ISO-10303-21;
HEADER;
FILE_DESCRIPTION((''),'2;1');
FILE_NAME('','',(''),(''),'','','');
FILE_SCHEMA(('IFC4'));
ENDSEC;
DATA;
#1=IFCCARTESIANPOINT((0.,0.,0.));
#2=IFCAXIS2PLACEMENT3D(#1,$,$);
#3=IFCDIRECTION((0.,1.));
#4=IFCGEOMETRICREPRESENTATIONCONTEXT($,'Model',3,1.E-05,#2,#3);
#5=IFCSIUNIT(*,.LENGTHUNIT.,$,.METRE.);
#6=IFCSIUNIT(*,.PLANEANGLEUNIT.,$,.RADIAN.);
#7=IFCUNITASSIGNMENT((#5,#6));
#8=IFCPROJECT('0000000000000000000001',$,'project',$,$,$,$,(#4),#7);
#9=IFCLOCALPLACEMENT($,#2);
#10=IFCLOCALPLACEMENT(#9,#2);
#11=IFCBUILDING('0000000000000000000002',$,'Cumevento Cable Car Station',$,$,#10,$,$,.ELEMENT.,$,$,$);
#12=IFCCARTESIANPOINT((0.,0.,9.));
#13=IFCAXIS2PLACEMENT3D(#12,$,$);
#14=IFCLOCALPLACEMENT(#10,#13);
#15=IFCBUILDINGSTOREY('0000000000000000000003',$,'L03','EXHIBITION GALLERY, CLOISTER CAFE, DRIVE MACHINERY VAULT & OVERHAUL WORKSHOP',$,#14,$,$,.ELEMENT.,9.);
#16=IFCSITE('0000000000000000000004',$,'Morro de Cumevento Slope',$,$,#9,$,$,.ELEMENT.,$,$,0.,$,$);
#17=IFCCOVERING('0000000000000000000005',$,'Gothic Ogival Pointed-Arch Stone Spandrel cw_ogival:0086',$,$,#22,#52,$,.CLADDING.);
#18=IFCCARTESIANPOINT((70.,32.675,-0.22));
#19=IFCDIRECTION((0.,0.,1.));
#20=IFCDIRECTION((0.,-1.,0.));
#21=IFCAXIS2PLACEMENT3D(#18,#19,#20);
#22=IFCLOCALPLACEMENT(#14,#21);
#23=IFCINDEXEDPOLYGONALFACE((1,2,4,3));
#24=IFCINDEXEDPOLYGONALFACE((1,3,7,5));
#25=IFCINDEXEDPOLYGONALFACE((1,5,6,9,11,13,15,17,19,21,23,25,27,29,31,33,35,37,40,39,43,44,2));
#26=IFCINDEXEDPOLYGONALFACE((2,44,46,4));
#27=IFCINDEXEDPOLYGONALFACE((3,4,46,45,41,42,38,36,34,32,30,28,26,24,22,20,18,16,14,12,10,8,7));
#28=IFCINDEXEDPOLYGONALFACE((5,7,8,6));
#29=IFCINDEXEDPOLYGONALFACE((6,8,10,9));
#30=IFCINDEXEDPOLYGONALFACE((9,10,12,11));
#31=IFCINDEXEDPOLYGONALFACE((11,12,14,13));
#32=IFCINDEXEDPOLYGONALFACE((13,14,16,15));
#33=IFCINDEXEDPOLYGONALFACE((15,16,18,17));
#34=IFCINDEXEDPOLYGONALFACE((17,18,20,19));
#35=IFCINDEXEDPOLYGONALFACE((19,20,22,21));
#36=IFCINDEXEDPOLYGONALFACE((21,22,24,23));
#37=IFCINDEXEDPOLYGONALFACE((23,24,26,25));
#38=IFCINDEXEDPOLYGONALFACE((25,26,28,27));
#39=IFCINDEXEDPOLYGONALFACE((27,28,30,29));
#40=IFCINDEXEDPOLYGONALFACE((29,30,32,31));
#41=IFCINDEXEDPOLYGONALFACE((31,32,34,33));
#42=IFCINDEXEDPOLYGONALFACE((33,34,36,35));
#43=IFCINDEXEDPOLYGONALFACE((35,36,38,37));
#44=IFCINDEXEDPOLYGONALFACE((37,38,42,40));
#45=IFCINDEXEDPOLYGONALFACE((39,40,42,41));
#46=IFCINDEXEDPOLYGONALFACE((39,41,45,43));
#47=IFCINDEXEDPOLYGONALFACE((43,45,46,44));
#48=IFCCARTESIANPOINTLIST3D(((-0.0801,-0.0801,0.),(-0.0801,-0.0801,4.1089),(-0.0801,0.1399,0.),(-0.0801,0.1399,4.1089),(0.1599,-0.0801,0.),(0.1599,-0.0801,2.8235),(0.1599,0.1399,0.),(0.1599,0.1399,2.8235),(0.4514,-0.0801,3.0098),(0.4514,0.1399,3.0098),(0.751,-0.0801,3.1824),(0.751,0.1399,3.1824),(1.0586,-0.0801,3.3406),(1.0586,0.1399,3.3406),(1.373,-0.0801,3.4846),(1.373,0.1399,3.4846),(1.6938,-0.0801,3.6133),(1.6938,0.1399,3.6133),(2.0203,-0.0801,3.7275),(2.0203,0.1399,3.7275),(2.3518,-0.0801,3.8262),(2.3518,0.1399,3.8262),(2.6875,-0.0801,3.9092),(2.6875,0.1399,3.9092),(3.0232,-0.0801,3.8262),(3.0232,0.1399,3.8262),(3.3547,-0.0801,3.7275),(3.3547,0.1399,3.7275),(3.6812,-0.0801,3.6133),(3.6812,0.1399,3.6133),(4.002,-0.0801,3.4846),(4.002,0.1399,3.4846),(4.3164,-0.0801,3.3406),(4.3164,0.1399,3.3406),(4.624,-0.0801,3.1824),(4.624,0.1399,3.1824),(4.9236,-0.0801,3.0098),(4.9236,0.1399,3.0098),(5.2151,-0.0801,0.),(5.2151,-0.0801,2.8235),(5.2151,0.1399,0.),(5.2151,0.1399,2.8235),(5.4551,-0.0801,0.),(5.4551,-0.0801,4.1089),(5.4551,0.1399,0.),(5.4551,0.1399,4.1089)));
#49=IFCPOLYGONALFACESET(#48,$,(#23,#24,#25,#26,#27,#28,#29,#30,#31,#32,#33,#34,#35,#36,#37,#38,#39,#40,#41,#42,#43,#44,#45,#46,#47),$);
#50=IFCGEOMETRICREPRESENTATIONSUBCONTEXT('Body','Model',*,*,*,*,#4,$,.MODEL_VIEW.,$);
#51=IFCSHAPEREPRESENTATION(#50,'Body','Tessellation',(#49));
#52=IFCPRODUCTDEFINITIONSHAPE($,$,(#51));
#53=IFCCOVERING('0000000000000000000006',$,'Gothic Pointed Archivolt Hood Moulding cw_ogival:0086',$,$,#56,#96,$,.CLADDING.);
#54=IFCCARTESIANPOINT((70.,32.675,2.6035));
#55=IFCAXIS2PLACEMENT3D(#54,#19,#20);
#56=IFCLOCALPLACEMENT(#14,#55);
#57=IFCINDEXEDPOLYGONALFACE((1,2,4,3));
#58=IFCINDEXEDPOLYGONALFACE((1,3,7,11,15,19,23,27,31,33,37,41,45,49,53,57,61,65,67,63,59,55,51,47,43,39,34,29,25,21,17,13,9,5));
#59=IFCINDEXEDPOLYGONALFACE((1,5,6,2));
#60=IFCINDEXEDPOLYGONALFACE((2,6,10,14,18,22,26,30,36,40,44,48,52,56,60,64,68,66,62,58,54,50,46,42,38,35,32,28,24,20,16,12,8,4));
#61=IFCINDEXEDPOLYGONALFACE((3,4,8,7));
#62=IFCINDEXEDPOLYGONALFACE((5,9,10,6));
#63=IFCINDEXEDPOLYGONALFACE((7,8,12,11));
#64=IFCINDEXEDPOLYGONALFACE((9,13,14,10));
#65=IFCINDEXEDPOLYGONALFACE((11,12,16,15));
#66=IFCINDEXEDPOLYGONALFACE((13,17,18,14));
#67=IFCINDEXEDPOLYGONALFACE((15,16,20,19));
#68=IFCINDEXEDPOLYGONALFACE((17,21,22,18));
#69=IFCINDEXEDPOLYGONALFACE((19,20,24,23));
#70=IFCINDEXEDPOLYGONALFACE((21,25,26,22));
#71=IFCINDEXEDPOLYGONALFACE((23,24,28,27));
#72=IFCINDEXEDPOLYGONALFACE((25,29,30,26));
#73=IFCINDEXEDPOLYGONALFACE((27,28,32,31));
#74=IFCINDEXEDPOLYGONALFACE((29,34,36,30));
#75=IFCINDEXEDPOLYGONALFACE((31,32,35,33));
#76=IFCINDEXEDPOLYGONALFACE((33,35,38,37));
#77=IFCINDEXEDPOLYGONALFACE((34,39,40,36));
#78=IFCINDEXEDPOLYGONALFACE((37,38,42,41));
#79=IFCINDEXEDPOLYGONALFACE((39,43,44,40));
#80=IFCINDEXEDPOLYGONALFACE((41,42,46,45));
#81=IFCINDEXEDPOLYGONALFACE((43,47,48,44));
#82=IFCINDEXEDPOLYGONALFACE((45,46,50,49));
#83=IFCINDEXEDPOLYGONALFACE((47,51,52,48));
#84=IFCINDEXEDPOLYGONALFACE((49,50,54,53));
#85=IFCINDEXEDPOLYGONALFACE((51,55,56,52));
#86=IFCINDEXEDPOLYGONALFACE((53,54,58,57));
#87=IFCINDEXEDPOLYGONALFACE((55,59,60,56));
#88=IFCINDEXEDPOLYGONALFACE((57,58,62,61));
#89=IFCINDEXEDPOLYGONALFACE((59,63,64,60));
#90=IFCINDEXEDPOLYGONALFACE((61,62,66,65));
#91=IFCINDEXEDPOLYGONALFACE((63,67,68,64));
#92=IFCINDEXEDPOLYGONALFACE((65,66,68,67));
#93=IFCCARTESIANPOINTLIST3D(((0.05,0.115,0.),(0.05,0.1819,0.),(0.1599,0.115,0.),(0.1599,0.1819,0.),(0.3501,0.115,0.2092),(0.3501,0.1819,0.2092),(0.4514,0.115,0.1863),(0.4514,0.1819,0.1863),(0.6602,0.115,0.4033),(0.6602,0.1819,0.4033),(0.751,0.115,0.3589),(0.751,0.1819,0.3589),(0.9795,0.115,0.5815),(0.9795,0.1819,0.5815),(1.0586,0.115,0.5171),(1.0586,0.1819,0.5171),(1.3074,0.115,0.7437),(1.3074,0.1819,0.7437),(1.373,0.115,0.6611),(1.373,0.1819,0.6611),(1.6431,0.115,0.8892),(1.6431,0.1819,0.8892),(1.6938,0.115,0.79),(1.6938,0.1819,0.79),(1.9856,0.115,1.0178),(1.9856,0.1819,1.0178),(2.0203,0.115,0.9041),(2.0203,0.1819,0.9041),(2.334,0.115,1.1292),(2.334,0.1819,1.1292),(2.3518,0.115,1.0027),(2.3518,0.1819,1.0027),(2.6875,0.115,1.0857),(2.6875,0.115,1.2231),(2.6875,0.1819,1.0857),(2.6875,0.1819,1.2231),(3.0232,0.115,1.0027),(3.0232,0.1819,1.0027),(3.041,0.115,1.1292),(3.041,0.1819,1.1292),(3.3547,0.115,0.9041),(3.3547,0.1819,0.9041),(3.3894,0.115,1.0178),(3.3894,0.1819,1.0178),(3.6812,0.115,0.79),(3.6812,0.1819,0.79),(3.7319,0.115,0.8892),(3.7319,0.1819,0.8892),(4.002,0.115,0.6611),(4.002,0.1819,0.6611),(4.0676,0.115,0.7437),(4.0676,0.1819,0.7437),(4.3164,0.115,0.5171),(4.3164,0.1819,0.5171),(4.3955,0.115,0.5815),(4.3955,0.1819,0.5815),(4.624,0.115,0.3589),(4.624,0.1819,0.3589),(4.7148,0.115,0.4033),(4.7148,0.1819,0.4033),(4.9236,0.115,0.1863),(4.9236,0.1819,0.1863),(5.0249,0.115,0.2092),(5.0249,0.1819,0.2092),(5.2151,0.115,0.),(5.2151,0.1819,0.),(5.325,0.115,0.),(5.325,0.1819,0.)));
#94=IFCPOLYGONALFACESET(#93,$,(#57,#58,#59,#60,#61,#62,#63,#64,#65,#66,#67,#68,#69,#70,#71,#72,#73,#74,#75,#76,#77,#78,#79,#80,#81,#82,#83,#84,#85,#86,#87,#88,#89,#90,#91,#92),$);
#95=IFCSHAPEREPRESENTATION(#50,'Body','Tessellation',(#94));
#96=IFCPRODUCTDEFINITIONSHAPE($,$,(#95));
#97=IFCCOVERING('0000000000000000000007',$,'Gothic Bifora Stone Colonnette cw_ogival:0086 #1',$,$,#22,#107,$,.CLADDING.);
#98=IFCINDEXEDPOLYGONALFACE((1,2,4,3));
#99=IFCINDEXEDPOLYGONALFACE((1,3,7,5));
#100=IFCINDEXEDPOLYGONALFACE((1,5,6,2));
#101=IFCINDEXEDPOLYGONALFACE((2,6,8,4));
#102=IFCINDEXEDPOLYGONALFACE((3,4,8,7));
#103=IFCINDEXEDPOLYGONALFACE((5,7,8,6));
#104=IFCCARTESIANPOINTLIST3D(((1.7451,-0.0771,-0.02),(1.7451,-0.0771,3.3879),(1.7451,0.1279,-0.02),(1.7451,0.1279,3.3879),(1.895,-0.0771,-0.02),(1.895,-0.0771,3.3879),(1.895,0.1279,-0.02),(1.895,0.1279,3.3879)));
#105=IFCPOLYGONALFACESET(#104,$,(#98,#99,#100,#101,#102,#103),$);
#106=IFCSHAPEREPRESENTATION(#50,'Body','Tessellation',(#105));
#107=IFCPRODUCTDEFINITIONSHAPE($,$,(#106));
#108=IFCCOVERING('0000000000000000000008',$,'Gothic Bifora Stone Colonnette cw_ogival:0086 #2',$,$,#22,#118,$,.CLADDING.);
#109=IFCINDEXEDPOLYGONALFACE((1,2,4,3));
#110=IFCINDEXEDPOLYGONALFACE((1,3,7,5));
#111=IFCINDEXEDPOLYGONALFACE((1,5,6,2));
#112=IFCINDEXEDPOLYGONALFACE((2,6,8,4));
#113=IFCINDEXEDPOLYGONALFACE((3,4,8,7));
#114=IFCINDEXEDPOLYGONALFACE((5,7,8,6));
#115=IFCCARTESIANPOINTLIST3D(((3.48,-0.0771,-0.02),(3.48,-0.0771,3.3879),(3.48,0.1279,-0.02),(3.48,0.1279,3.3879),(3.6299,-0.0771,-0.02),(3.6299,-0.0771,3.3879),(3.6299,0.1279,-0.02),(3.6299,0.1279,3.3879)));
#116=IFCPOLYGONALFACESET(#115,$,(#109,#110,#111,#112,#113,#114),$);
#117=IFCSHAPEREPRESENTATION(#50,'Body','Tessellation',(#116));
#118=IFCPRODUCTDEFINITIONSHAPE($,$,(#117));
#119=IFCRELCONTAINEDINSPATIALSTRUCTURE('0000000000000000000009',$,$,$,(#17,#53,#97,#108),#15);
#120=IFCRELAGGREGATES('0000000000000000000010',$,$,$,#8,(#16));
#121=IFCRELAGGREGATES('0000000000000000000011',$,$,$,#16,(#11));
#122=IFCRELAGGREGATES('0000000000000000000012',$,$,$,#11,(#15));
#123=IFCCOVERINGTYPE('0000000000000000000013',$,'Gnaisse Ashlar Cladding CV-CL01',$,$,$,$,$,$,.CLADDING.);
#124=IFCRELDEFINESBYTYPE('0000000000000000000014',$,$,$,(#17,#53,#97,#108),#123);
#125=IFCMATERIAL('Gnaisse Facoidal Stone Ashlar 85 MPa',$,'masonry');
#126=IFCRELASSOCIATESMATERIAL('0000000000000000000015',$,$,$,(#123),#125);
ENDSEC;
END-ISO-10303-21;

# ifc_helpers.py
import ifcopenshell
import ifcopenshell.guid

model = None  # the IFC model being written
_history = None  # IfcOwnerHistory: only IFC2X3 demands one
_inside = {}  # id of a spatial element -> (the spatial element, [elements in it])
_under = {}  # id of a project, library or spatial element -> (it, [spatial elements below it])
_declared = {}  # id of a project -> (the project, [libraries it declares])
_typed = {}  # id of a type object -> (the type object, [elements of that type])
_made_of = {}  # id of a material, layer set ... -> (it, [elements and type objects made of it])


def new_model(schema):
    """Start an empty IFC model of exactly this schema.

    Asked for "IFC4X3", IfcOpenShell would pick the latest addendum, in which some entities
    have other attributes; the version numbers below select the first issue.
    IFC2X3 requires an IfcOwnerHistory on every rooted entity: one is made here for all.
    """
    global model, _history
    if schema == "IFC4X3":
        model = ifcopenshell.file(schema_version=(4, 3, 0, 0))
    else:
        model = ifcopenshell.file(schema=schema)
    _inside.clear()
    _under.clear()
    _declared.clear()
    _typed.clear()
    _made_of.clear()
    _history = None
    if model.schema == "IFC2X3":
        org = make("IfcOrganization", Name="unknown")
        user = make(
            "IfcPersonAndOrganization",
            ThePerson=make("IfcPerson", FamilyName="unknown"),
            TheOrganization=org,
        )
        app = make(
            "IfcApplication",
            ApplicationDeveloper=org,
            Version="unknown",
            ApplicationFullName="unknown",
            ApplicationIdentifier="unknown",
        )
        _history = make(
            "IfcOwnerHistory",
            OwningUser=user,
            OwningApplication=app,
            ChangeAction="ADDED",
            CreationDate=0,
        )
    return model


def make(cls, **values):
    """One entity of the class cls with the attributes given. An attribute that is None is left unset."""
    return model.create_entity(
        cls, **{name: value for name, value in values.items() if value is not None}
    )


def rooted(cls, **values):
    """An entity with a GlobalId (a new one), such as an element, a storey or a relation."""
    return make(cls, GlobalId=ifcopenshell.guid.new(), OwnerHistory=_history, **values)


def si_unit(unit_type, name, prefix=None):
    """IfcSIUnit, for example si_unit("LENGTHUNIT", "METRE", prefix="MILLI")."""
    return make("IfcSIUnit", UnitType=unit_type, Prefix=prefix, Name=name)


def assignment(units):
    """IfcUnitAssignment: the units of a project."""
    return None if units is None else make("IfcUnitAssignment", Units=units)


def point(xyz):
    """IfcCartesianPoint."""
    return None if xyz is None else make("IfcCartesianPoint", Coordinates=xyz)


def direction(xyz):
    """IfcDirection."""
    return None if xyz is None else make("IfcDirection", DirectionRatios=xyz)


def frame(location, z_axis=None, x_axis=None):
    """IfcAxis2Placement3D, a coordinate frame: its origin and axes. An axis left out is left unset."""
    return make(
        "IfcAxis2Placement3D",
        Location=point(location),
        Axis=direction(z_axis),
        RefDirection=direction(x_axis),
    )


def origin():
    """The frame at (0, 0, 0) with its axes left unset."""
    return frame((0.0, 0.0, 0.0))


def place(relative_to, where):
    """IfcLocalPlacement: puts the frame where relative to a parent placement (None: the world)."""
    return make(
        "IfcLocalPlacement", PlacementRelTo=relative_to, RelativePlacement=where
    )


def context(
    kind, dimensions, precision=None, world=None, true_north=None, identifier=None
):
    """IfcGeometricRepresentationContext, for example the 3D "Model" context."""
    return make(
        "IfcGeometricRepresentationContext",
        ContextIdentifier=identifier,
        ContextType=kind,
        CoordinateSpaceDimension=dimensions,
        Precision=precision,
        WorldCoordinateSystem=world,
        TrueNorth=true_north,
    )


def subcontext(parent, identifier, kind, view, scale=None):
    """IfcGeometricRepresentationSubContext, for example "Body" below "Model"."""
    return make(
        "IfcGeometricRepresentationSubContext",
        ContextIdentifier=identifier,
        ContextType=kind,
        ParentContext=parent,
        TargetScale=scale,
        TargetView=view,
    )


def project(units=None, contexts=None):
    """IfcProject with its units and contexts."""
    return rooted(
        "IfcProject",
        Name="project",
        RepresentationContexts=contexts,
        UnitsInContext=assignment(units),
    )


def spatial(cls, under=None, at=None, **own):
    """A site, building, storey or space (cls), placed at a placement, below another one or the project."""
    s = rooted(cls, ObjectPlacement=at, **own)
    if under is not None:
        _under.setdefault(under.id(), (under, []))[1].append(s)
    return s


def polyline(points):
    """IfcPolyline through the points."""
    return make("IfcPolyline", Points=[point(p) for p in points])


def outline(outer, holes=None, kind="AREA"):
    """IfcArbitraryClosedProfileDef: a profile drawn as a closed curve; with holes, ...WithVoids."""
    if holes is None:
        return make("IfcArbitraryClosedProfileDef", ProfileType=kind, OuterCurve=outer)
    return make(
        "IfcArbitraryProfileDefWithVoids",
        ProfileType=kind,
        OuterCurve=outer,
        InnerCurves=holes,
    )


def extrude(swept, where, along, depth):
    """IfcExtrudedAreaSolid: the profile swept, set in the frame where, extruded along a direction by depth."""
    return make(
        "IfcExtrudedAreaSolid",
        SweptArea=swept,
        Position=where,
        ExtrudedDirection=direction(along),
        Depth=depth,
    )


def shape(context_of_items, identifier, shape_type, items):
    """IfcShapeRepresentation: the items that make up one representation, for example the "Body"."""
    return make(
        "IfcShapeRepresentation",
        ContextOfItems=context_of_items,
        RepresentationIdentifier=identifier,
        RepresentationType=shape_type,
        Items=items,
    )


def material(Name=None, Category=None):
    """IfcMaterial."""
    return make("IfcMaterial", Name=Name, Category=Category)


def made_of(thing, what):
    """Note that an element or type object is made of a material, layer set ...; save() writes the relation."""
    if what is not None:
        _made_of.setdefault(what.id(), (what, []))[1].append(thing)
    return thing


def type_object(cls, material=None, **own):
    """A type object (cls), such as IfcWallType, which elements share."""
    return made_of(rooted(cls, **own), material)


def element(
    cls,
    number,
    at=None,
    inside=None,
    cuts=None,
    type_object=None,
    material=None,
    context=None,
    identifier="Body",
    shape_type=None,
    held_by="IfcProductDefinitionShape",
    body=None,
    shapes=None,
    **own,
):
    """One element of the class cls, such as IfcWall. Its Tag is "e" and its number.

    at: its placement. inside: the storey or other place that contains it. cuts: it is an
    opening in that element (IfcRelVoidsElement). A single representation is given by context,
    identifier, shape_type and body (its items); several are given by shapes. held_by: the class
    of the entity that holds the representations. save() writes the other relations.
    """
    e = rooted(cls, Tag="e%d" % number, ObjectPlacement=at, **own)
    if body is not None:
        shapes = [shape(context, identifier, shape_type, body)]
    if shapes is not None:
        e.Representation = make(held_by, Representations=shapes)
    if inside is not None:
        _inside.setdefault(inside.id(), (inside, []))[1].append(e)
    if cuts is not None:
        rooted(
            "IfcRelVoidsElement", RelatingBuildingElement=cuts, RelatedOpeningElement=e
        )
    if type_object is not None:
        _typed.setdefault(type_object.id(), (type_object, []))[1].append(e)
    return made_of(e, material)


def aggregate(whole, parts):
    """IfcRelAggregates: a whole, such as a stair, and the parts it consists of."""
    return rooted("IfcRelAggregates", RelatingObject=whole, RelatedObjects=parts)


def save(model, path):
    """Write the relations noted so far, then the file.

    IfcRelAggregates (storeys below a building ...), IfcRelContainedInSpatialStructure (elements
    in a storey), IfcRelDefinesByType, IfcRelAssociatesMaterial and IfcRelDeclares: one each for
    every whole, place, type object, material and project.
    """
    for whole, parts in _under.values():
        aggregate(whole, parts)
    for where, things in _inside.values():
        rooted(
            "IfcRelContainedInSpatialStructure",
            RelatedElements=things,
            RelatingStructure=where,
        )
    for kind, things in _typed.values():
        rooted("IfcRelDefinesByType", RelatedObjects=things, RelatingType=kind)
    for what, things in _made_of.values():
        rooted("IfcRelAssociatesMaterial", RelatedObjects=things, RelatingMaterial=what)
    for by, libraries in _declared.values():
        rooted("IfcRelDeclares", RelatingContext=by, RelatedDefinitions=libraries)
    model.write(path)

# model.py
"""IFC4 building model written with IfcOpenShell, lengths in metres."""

from ifc_helpers import new_model, si_unit, direction, frame, origin, place, context, subcontext, project, spatial, polyline, outline, extrude, material, type_object, element, save


model = new_model("IFC4")

# Units and contexts
model_context = context("Model", 3, precision=1e-05, world=origin(), true_north=direction((0.0, 1.0)))
body_context = subcontext(model_context, "Body", "Model", "MODEL_VIEW")
ifc_project = project(units=[si_unit("LENGTHUNIT", "METRE"), si_unit("PLANEANGLEUNIT", "RADIAN")], contexts=[model_context])

# Site, building, storey
site_placement = place(None, origin())
site = spatial("IfcSite", under=ifc_project, at=site_placement, Name="Morro de Cumevento Slope", CompositionType="ELEMENT", RefElevation=0.0)
building_placement = place(site_placement, origin())
building = spatial("IfcBuilding", under=site, at=building_placement, Name="Cumevento Cable Car Station", CompositionType="ELEMENT")
storey_placement = place(building_placement, frame((0.0, 0.0, 9.0)))
storey = spatial("IfcBuildingStorey", under=building, at=storey_placement, Name="L03", Description="EXHIBITION GALLERY, CLOISTER CAFE, DRIVE MACHINERY VAULT & OVERHAUL WORKSHOP", CompositionType="ELEMENT", Elevation=9.0)

# Coverings
ifc_material_1 = material(Name="Gnaisse Facoidal Stone Ashlar 85 MPa", Category="masonry")
covering_type = type_object("IfcCoveringType", Name="Gnaisse Ashlar Cladding CV-CL01", PredefinedType="CLADDING", material=ifc_material_1)
placement = place(storey_placement, frame((70.0, 32.675, -0.22), z_axis=(0.0, 0.0, 1.0), x_axis=(0.0, -1.0, 0.0)))
element("IfcCovering", 1, at=placement, inside=storey, type_object=covering_type, Name="Gothic Ogival Pointed-Arch Stone Spandrel cw_ogival:0086", PredefinedType="CLADDING", context=body_context, shape_type="SweptSolid", body=[
    extrude(outline(polyline([(-0.0801, 0.0), (-0.0801, 4.1089), (5.4551, 4.1089), (5.4551, 0.0), (5.2151, 0.0), (5.2151, 2.8235), (4.9236, 3.0098), (4.624, 3.1824), (4.3164, 3.3406), (4.002, 3.4846), (3.6812, 3.6133), (3.3547, 3.7275), (3.0232, 3.8262), (2.6875, 3.9092), (2.3518, 3.8262), (2.0203, 3.7275), (1.6938, 3.6133), (1.373, 3.4846), (1.0586, 3.3406), (0.751, 3.1824), (0.4514, 3.0098), (0.1599, 2.8235), (0.1599, 0.0), (-0.0801, 0.0)])), frame((0.0, 0.1399, 0.0), z_axis=(0.0, -1.0, 0.0), x_axis=(1.0, 0.0, 0.0)), (0.0, 0.0, 1.0), 0.22),
])
covering_1_placement = place(storey_placement, frame((70.0, 32.675, 2.6035), z_axis=(0.0, 0.0, 1.0), x_axis=(0.0, -1.0, 0.0)))
element("IfcCovering", 2, at=covering_1_placement, inside=storey, type_object=covering_type, Name="Gothic Pointed Archivolt Hood Moulding cw_ogival:0086", PredefinedType="CLADDING", context=body_context, shape_type="SweptSolid", body=[
    extrude(outline(polyline([(0.1599, 0.0), (0.4514, 0.1863), (0.751, 0.3589), (1.0586, 0.5171), (1.373, 0.6611), (1.6938, 0.79), (2.0203, 0.9041), (2.3518, 1.0027), (2.6875, 1.0857), (3.0232, 1.0027), (3.3547, 0.9041), (3.6812, 0.79), (4.002, 0.6611), (4.3164, 0.5171), (4.624, 0.3589), (4.9236, 0.1863), (5.2151, 0.0), (5.325, 0.0), (5.0249, 0.2092), (4.7148, 0.4033), (4.3955, 0.5815), (4.0676, 0.7437), (3.7319, 0.8892), (3.3894, 1.0178), (3.041, 1.1292), (2.6875, 1.2231), (2.334, 1.1292), (1.9856, 1.0178), (1.6431, 0.8892), (1.3074, 0.7437), (0.9795, 0.5815), (0.6602, 0.4033), (0.3501, 0.2092), (0.05, 0.0), (0.1599, 0.0)])), frame((0.0, 0.1819, 0.0), z_axis=(0.0, -1.0, 0.0), x_axis=(1.0, 0.0, 0.0)), (0.0, 0.0, 1.0), 0.0669),
])
element("IfcCovering", 3, at=placement, inside=storey, type_object=covering_type, Name="Gothic Bifora Stone Colonnette cw_ogival:0086 #1", PredefinedType="CLADDING", context=body_context, shape_type="SweptSolid", body=[
    extrude(outline(polyline([(1.7451, -0.02), (1.895, -0.02), (1.895, 3.3879), (1.7451, 3.3879), (1.7451, -0.02)])), frame((0.0, 0.1279, 0.0), z_axis=(0.0, -1.0, 0.0), x_axis=(1.0, 0.0, 0.0)), (0.0, 0.0, 1.0), 0.2051),
])
element("IfcCovering", 4, at=placement, inside=storey, type_object=covering_type, Name="Gothic Bifora Stone Colonnette cw_ogival:0086 #2", PredefinedType="CLADDING", context=body_context, shape_type="SweptSolid", body=[
    extrude(outline(polyline([(3.48, -0.02), (3.6299, -0.02), (3.6299, 3.3879), (3.48, 3.3879), (3.48, -0.02)])), frame((0.0, 0.1279, 0.0), z_axis=(0.0, -1.0, 0.0), x_axis=(1.0, 0.0, 0.0)), (0.0, 0.0, 1.0), 0.2051),
])

save(model, "model.ifc")
